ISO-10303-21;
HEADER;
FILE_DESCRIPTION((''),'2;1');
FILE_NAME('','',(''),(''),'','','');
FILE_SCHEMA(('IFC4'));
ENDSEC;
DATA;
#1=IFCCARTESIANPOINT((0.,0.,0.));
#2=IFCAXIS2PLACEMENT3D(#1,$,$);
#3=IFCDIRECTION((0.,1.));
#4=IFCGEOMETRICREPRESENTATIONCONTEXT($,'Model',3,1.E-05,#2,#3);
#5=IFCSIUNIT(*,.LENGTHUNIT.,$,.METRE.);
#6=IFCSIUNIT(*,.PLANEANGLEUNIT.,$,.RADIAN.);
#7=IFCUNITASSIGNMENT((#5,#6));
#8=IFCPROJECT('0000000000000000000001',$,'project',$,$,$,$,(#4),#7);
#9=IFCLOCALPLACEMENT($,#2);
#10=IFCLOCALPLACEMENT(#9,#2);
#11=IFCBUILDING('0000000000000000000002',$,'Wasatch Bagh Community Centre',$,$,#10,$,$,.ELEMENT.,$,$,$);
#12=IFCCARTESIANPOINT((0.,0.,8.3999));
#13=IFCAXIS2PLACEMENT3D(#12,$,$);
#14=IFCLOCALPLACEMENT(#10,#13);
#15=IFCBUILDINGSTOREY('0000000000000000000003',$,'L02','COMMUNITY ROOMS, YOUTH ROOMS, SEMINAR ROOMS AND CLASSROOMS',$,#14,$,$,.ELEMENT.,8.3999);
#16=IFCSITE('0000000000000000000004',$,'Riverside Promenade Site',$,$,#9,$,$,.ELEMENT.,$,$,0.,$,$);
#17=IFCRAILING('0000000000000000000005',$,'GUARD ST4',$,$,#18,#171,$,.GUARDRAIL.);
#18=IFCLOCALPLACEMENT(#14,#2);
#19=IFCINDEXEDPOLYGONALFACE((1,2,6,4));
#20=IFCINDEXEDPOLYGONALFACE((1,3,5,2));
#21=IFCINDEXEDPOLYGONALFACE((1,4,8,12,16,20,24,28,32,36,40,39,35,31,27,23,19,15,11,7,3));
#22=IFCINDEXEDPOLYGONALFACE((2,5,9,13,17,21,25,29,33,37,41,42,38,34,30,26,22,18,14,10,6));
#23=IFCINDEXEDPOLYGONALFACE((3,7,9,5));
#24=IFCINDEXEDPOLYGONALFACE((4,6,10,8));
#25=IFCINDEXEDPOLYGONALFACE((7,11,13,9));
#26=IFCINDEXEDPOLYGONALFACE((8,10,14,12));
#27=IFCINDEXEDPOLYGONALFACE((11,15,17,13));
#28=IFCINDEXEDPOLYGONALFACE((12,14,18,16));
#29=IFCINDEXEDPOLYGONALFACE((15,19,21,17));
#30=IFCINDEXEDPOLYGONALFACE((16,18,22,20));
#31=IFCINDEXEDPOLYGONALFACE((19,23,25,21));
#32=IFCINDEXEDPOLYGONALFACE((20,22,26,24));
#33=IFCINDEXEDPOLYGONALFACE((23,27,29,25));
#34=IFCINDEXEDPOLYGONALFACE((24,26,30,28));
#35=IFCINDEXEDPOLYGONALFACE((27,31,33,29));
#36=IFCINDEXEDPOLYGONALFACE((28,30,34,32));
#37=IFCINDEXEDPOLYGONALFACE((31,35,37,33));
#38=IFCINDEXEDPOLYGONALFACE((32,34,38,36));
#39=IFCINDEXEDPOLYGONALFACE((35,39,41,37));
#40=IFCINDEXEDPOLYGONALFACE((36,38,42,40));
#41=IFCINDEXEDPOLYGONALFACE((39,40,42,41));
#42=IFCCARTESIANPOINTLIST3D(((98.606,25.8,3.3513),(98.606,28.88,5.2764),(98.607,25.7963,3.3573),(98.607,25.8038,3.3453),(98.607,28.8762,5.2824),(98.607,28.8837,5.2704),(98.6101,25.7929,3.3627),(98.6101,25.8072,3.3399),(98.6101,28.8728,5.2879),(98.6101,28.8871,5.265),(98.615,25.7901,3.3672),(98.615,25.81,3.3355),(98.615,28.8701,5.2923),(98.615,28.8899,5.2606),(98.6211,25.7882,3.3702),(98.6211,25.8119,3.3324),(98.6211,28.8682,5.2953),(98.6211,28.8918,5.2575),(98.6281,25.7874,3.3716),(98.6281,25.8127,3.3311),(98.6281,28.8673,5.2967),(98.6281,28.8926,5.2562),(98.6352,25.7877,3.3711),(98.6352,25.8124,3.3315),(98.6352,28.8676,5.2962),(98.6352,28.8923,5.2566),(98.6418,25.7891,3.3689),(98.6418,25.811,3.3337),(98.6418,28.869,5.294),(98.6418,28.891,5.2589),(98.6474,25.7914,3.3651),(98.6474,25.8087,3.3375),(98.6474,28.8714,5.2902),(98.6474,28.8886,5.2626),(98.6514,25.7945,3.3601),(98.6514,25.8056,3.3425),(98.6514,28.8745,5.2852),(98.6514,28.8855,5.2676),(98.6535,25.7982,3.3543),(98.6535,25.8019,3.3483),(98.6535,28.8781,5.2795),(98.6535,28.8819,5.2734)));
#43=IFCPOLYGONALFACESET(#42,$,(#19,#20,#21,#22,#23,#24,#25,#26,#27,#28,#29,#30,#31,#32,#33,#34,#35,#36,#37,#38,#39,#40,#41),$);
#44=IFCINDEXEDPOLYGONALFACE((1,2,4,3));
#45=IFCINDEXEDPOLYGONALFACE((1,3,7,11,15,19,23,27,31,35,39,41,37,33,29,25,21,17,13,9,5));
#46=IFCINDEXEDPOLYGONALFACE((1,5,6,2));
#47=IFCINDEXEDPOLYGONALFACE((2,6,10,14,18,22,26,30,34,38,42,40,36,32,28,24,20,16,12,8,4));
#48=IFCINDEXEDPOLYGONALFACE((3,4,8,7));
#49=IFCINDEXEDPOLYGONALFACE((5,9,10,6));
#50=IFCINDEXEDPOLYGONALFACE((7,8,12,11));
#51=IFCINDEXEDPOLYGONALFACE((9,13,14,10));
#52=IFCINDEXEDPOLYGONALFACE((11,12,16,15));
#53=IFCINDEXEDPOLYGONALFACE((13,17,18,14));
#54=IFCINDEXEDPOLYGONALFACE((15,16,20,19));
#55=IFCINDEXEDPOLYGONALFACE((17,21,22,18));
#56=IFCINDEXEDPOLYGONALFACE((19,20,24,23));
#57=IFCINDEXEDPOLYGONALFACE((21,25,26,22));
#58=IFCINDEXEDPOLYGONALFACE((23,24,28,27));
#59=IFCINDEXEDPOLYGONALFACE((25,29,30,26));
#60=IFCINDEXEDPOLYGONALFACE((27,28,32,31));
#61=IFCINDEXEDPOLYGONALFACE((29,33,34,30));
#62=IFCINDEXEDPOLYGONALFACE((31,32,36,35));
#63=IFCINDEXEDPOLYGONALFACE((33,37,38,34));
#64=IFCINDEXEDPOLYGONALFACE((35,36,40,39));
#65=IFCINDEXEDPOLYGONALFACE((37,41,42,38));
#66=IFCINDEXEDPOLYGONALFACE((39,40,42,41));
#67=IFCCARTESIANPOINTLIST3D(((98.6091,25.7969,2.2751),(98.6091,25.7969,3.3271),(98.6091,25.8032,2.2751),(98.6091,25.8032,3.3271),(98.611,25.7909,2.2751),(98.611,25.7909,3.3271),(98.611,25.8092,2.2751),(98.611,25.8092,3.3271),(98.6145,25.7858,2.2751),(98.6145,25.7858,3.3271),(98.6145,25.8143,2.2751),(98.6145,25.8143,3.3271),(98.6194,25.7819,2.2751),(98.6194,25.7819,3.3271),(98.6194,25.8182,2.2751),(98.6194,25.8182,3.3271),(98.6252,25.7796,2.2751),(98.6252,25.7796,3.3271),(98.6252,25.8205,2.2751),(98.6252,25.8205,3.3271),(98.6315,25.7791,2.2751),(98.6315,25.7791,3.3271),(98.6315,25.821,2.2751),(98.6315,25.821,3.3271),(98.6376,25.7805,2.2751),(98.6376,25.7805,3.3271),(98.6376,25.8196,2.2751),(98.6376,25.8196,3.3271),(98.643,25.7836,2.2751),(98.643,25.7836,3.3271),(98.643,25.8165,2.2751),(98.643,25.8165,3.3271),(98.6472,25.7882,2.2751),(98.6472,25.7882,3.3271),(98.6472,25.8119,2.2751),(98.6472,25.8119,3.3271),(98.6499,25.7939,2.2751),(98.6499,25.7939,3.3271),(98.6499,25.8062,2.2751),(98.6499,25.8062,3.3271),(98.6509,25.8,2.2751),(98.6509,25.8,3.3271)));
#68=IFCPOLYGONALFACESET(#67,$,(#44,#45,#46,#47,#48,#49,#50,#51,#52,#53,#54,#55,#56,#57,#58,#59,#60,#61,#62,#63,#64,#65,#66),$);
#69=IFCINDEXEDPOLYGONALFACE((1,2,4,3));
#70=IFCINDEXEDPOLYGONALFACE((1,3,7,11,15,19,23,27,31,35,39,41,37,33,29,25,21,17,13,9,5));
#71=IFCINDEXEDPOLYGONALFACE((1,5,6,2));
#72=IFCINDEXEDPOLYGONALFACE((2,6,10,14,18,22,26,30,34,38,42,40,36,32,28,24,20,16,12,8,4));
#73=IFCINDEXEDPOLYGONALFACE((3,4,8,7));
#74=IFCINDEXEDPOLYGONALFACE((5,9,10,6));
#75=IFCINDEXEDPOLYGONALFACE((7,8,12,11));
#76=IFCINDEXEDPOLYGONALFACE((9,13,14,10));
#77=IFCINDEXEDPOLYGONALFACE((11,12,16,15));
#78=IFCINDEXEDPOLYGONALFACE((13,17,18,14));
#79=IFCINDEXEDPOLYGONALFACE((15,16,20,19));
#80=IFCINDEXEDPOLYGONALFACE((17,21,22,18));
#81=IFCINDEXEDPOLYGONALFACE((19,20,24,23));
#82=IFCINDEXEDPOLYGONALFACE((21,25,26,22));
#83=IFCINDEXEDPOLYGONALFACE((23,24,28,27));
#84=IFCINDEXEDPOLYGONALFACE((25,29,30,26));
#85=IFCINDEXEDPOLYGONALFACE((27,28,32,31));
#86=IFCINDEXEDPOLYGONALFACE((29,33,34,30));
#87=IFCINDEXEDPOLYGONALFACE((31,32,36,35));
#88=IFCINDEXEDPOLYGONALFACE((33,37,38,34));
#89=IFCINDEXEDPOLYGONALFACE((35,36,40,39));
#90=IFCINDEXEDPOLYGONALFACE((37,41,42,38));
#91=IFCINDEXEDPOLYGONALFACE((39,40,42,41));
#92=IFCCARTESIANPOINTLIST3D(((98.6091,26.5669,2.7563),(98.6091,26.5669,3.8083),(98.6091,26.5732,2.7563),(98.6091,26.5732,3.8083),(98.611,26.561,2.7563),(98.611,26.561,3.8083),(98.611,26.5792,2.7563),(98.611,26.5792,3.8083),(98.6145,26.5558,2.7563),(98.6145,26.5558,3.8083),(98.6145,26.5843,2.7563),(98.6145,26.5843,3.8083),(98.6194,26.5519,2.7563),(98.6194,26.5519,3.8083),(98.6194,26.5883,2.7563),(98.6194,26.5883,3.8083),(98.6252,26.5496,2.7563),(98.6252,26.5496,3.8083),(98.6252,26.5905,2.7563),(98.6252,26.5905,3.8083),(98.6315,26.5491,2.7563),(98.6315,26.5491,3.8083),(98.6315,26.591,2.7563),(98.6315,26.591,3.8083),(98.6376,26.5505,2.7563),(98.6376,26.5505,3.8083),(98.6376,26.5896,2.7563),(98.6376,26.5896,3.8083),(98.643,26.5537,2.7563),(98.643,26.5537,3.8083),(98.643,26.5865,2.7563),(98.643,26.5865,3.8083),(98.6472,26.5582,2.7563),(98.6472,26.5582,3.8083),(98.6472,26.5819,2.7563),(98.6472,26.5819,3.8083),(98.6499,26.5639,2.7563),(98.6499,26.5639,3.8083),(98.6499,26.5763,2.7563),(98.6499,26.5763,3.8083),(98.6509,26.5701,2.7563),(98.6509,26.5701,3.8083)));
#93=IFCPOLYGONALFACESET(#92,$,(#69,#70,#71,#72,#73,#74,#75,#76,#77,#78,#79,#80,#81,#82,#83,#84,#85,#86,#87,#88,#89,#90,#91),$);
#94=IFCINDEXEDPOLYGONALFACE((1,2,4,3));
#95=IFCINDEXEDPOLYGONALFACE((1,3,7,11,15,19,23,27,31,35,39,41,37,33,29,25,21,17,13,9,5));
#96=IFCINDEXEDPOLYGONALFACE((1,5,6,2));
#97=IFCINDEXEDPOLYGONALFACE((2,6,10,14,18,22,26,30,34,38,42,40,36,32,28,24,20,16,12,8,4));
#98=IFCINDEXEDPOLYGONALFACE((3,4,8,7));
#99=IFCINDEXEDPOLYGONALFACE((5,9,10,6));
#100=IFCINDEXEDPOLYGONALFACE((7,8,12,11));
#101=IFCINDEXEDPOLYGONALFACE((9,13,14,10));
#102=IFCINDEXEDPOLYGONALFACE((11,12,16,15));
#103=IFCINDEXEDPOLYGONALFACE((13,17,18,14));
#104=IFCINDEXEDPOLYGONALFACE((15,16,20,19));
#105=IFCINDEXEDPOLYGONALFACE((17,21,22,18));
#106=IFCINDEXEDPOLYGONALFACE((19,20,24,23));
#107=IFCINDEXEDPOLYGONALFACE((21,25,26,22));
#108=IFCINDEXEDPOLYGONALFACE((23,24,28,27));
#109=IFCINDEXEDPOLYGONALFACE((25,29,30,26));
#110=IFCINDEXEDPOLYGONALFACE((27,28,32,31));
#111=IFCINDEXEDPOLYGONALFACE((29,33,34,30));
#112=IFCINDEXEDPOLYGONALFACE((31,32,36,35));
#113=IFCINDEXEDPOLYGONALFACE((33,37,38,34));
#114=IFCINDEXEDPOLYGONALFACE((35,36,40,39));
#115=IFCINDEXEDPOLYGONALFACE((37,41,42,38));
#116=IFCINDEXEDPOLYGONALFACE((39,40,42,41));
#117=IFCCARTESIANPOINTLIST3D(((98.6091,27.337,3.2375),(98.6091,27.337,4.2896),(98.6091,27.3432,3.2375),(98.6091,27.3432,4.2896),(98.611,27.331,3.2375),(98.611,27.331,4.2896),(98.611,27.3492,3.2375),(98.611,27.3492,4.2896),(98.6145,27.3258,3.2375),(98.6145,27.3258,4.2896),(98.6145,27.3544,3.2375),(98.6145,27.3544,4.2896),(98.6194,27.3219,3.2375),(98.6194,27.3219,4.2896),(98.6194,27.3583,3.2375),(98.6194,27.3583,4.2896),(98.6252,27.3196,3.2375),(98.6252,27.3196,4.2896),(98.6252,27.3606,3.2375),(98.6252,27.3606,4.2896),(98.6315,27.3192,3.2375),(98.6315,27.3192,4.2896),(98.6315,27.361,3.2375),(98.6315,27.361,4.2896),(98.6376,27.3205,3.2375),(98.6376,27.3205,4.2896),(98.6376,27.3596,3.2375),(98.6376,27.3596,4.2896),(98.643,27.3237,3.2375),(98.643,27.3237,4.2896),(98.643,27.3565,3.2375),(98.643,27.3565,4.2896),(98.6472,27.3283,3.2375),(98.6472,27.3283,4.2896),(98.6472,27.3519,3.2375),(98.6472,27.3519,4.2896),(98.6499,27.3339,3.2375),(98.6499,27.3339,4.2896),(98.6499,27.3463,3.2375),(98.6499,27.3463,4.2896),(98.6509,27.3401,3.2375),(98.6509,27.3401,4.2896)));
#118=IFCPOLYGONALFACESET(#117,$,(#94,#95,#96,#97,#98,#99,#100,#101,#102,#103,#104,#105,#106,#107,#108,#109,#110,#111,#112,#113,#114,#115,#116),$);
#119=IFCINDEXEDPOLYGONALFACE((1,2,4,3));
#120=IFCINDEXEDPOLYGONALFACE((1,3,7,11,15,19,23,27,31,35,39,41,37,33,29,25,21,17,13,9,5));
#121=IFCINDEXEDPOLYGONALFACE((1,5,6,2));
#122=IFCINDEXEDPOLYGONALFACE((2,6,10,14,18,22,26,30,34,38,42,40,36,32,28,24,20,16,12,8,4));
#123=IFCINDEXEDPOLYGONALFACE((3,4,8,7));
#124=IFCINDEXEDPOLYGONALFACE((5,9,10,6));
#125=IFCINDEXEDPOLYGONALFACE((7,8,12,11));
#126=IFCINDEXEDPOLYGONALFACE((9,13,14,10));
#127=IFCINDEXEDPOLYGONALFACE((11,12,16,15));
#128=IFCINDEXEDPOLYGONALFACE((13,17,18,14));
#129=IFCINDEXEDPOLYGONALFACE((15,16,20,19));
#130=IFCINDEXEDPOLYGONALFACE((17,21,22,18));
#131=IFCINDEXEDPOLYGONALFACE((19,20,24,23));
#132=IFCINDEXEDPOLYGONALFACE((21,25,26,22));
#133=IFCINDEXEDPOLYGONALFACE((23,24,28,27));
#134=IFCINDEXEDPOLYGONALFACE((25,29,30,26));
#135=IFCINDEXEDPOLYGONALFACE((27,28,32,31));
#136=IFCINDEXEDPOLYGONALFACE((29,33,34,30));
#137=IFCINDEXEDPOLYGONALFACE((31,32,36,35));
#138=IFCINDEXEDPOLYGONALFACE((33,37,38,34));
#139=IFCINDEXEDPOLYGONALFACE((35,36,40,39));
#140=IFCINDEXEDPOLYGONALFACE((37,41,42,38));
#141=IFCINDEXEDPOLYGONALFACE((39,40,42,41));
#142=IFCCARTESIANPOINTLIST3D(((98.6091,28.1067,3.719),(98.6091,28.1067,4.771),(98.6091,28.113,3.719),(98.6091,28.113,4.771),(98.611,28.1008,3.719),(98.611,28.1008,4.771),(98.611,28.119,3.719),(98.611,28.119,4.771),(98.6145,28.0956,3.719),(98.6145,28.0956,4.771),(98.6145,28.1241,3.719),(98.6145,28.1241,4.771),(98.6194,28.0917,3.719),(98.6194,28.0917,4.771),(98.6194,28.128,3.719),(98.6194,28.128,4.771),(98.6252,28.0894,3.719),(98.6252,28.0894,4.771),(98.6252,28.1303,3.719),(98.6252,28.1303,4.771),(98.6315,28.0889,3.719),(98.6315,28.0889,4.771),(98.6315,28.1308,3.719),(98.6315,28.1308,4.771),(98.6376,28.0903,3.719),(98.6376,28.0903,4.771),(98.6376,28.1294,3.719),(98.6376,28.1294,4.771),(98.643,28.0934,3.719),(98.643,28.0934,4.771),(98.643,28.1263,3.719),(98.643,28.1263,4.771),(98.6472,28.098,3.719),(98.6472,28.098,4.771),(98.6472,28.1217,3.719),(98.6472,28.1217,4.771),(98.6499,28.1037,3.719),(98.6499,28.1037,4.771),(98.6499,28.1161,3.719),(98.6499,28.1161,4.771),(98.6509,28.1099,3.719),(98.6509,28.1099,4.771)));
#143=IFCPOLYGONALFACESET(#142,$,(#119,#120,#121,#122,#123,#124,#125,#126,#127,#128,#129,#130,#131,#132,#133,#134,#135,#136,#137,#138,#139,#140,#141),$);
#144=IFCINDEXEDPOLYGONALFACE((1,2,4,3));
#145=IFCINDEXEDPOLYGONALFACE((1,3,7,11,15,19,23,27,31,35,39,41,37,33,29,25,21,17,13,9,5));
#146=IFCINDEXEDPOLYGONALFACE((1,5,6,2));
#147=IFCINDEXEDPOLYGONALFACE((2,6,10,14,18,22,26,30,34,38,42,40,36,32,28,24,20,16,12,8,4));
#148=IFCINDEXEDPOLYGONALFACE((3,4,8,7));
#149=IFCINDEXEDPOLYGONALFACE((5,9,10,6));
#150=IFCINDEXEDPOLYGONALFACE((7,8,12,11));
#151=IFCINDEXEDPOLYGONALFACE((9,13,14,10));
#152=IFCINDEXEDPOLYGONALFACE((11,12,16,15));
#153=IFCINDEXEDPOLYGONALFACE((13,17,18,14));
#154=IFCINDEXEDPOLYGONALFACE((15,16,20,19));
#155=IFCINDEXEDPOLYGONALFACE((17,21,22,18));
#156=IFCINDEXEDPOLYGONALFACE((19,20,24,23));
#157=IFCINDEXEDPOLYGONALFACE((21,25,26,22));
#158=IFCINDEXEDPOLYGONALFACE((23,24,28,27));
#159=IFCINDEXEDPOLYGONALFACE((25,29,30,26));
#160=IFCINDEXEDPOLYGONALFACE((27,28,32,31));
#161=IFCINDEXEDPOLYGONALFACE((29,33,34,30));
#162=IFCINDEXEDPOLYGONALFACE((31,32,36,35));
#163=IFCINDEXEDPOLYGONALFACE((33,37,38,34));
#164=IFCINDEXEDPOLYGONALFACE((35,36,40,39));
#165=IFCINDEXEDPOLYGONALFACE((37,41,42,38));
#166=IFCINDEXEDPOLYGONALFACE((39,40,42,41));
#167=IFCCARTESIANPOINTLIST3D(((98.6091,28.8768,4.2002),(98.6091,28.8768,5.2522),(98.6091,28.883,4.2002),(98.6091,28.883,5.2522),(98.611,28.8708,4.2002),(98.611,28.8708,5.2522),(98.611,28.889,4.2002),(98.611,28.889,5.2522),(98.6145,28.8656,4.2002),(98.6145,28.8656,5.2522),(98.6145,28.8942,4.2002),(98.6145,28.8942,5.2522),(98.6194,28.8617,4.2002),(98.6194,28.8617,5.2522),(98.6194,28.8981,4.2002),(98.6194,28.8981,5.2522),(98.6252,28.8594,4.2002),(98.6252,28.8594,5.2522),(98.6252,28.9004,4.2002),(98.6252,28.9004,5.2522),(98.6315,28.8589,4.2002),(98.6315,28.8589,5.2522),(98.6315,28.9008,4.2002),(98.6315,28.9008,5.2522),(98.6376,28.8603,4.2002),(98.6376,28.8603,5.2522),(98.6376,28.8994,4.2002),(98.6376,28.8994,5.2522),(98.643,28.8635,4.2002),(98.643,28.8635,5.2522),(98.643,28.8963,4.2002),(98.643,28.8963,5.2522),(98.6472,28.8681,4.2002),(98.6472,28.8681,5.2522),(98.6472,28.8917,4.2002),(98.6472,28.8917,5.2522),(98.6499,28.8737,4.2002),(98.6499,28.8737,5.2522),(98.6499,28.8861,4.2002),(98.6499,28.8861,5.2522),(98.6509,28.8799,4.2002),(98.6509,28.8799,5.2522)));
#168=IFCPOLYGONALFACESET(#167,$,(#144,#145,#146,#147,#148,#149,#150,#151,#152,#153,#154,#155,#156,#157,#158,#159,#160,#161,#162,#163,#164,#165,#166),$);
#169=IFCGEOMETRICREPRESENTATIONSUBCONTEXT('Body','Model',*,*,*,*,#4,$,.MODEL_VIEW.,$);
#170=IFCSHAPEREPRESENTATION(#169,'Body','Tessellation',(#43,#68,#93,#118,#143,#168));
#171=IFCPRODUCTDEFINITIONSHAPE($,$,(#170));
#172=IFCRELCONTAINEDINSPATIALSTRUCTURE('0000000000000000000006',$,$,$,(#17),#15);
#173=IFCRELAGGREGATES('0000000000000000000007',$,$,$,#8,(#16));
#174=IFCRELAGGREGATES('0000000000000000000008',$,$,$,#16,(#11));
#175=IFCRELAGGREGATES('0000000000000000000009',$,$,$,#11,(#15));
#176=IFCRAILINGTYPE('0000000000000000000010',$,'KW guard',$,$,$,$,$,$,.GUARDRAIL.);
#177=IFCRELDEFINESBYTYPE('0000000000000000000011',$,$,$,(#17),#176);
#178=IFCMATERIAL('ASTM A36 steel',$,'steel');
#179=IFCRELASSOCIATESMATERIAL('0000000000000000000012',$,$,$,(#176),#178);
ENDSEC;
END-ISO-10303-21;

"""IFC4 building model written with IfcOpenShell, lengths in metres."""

from ifc_helpers import new_model, si_unit, direction, frame, origin, origin_2d, place, context, subcontext, project, spatial, circle, extrude, material, type_object, element, save


model = new_model("IFC4")

# Units and contexts
model_context = context("Model", 3, precision=1e-05, world=origin(), true_north=direction((0.0, 1.0)))
body_context = subcontext(model_context, "Body", "Model", "MODEL_VIEW")
ifc_project = project(units=[si_unit("LENGTHUNIT", "METRE"), si_unit("PLANEANGLEUNIT", "RADIAN")], contexts=[model_context])

# Site, building, storey
site_placement = place(None, origin())
site = spatial("IfcSite", under=ifc_project, at=site_placement, Name="Riverside Promenade Site", CompositionType="ELEMENT", RefElevation=0.0)
building_placement = place(site_placement, origin())
building = spatial("IfcBuilding", under=site, at=building_placement, Name="Wasatch Bagh Community Centre", CompositionType="ELEMENT")
storey_placement = place(building_placement, frame((0.0, 0.0, 8.3999)))
storey = spatial("IfcBuildingStorey", under=building, at=storey_placement, Name="L02", Description="COMMUNITY ROOMS, YOUTH ROOMS, SEMINAR ROOMS AND CLASSROOMS", CompositionType="ELEMENT", Elevation=8.3999)

# Railing
ifc_material_1 = material(Name="ASTM A36 steel", Category="steel")
railing_type_1 = type_object("IfcRailingType", Name="KW guard", PredefinedType="GUARDRAIL", material=ifc_material_1)
for number, where, name in (
    (1, (98.6299, 25.8, 2.2751), "GUARD ST4"),
):
    element("IfcRailing", number, at=place(storey_placement, frame(where)), inside=storey, type_object=railing_type_1, Name=name, PredefinedType="GUARDRAIL", context=body_context, shape_type="SweptSolid", body=[
        extrude(circle(Radius=0.0239, at=origin_2d()), frame((0.0, 0.0, 1.0762), z_axis=(0.0, 0.847979, 0.530029), x_axis=(-1.0, 0.0, 0.0)), (0.0, 0.0, 1.0), 3.6321),
        extrude(circle(Radius=0.021, at=origin_2d()), origin(), (0.0, 0.0, 1.0), 1.052),
        extrude(circle(Radius=0.021, at=origin_2d()), frame((0.0, 0.77, 0.4812)), (0.0, 0.0, 1.0), 1.052),
        extrude(circle(Radius=0.021, at=origin_2d()), frame((0.0, 1.54, 0.9624)), (0.0, 0.0, 1.0), 1.052),
        extrude(circle(Radius=0.021, at=origin_2d()), frame((0.0, 2.3098, 1.4438)), (0.0, 0.0, 1.0), 1.052),
        extrude(circle(Radius=0.021, at=origin_2d()), frame((0.0, 3.0798, 1.925)), (0.0, 0.0, 1.0), 1.052),
    ])

save(model, "model.ifc")
